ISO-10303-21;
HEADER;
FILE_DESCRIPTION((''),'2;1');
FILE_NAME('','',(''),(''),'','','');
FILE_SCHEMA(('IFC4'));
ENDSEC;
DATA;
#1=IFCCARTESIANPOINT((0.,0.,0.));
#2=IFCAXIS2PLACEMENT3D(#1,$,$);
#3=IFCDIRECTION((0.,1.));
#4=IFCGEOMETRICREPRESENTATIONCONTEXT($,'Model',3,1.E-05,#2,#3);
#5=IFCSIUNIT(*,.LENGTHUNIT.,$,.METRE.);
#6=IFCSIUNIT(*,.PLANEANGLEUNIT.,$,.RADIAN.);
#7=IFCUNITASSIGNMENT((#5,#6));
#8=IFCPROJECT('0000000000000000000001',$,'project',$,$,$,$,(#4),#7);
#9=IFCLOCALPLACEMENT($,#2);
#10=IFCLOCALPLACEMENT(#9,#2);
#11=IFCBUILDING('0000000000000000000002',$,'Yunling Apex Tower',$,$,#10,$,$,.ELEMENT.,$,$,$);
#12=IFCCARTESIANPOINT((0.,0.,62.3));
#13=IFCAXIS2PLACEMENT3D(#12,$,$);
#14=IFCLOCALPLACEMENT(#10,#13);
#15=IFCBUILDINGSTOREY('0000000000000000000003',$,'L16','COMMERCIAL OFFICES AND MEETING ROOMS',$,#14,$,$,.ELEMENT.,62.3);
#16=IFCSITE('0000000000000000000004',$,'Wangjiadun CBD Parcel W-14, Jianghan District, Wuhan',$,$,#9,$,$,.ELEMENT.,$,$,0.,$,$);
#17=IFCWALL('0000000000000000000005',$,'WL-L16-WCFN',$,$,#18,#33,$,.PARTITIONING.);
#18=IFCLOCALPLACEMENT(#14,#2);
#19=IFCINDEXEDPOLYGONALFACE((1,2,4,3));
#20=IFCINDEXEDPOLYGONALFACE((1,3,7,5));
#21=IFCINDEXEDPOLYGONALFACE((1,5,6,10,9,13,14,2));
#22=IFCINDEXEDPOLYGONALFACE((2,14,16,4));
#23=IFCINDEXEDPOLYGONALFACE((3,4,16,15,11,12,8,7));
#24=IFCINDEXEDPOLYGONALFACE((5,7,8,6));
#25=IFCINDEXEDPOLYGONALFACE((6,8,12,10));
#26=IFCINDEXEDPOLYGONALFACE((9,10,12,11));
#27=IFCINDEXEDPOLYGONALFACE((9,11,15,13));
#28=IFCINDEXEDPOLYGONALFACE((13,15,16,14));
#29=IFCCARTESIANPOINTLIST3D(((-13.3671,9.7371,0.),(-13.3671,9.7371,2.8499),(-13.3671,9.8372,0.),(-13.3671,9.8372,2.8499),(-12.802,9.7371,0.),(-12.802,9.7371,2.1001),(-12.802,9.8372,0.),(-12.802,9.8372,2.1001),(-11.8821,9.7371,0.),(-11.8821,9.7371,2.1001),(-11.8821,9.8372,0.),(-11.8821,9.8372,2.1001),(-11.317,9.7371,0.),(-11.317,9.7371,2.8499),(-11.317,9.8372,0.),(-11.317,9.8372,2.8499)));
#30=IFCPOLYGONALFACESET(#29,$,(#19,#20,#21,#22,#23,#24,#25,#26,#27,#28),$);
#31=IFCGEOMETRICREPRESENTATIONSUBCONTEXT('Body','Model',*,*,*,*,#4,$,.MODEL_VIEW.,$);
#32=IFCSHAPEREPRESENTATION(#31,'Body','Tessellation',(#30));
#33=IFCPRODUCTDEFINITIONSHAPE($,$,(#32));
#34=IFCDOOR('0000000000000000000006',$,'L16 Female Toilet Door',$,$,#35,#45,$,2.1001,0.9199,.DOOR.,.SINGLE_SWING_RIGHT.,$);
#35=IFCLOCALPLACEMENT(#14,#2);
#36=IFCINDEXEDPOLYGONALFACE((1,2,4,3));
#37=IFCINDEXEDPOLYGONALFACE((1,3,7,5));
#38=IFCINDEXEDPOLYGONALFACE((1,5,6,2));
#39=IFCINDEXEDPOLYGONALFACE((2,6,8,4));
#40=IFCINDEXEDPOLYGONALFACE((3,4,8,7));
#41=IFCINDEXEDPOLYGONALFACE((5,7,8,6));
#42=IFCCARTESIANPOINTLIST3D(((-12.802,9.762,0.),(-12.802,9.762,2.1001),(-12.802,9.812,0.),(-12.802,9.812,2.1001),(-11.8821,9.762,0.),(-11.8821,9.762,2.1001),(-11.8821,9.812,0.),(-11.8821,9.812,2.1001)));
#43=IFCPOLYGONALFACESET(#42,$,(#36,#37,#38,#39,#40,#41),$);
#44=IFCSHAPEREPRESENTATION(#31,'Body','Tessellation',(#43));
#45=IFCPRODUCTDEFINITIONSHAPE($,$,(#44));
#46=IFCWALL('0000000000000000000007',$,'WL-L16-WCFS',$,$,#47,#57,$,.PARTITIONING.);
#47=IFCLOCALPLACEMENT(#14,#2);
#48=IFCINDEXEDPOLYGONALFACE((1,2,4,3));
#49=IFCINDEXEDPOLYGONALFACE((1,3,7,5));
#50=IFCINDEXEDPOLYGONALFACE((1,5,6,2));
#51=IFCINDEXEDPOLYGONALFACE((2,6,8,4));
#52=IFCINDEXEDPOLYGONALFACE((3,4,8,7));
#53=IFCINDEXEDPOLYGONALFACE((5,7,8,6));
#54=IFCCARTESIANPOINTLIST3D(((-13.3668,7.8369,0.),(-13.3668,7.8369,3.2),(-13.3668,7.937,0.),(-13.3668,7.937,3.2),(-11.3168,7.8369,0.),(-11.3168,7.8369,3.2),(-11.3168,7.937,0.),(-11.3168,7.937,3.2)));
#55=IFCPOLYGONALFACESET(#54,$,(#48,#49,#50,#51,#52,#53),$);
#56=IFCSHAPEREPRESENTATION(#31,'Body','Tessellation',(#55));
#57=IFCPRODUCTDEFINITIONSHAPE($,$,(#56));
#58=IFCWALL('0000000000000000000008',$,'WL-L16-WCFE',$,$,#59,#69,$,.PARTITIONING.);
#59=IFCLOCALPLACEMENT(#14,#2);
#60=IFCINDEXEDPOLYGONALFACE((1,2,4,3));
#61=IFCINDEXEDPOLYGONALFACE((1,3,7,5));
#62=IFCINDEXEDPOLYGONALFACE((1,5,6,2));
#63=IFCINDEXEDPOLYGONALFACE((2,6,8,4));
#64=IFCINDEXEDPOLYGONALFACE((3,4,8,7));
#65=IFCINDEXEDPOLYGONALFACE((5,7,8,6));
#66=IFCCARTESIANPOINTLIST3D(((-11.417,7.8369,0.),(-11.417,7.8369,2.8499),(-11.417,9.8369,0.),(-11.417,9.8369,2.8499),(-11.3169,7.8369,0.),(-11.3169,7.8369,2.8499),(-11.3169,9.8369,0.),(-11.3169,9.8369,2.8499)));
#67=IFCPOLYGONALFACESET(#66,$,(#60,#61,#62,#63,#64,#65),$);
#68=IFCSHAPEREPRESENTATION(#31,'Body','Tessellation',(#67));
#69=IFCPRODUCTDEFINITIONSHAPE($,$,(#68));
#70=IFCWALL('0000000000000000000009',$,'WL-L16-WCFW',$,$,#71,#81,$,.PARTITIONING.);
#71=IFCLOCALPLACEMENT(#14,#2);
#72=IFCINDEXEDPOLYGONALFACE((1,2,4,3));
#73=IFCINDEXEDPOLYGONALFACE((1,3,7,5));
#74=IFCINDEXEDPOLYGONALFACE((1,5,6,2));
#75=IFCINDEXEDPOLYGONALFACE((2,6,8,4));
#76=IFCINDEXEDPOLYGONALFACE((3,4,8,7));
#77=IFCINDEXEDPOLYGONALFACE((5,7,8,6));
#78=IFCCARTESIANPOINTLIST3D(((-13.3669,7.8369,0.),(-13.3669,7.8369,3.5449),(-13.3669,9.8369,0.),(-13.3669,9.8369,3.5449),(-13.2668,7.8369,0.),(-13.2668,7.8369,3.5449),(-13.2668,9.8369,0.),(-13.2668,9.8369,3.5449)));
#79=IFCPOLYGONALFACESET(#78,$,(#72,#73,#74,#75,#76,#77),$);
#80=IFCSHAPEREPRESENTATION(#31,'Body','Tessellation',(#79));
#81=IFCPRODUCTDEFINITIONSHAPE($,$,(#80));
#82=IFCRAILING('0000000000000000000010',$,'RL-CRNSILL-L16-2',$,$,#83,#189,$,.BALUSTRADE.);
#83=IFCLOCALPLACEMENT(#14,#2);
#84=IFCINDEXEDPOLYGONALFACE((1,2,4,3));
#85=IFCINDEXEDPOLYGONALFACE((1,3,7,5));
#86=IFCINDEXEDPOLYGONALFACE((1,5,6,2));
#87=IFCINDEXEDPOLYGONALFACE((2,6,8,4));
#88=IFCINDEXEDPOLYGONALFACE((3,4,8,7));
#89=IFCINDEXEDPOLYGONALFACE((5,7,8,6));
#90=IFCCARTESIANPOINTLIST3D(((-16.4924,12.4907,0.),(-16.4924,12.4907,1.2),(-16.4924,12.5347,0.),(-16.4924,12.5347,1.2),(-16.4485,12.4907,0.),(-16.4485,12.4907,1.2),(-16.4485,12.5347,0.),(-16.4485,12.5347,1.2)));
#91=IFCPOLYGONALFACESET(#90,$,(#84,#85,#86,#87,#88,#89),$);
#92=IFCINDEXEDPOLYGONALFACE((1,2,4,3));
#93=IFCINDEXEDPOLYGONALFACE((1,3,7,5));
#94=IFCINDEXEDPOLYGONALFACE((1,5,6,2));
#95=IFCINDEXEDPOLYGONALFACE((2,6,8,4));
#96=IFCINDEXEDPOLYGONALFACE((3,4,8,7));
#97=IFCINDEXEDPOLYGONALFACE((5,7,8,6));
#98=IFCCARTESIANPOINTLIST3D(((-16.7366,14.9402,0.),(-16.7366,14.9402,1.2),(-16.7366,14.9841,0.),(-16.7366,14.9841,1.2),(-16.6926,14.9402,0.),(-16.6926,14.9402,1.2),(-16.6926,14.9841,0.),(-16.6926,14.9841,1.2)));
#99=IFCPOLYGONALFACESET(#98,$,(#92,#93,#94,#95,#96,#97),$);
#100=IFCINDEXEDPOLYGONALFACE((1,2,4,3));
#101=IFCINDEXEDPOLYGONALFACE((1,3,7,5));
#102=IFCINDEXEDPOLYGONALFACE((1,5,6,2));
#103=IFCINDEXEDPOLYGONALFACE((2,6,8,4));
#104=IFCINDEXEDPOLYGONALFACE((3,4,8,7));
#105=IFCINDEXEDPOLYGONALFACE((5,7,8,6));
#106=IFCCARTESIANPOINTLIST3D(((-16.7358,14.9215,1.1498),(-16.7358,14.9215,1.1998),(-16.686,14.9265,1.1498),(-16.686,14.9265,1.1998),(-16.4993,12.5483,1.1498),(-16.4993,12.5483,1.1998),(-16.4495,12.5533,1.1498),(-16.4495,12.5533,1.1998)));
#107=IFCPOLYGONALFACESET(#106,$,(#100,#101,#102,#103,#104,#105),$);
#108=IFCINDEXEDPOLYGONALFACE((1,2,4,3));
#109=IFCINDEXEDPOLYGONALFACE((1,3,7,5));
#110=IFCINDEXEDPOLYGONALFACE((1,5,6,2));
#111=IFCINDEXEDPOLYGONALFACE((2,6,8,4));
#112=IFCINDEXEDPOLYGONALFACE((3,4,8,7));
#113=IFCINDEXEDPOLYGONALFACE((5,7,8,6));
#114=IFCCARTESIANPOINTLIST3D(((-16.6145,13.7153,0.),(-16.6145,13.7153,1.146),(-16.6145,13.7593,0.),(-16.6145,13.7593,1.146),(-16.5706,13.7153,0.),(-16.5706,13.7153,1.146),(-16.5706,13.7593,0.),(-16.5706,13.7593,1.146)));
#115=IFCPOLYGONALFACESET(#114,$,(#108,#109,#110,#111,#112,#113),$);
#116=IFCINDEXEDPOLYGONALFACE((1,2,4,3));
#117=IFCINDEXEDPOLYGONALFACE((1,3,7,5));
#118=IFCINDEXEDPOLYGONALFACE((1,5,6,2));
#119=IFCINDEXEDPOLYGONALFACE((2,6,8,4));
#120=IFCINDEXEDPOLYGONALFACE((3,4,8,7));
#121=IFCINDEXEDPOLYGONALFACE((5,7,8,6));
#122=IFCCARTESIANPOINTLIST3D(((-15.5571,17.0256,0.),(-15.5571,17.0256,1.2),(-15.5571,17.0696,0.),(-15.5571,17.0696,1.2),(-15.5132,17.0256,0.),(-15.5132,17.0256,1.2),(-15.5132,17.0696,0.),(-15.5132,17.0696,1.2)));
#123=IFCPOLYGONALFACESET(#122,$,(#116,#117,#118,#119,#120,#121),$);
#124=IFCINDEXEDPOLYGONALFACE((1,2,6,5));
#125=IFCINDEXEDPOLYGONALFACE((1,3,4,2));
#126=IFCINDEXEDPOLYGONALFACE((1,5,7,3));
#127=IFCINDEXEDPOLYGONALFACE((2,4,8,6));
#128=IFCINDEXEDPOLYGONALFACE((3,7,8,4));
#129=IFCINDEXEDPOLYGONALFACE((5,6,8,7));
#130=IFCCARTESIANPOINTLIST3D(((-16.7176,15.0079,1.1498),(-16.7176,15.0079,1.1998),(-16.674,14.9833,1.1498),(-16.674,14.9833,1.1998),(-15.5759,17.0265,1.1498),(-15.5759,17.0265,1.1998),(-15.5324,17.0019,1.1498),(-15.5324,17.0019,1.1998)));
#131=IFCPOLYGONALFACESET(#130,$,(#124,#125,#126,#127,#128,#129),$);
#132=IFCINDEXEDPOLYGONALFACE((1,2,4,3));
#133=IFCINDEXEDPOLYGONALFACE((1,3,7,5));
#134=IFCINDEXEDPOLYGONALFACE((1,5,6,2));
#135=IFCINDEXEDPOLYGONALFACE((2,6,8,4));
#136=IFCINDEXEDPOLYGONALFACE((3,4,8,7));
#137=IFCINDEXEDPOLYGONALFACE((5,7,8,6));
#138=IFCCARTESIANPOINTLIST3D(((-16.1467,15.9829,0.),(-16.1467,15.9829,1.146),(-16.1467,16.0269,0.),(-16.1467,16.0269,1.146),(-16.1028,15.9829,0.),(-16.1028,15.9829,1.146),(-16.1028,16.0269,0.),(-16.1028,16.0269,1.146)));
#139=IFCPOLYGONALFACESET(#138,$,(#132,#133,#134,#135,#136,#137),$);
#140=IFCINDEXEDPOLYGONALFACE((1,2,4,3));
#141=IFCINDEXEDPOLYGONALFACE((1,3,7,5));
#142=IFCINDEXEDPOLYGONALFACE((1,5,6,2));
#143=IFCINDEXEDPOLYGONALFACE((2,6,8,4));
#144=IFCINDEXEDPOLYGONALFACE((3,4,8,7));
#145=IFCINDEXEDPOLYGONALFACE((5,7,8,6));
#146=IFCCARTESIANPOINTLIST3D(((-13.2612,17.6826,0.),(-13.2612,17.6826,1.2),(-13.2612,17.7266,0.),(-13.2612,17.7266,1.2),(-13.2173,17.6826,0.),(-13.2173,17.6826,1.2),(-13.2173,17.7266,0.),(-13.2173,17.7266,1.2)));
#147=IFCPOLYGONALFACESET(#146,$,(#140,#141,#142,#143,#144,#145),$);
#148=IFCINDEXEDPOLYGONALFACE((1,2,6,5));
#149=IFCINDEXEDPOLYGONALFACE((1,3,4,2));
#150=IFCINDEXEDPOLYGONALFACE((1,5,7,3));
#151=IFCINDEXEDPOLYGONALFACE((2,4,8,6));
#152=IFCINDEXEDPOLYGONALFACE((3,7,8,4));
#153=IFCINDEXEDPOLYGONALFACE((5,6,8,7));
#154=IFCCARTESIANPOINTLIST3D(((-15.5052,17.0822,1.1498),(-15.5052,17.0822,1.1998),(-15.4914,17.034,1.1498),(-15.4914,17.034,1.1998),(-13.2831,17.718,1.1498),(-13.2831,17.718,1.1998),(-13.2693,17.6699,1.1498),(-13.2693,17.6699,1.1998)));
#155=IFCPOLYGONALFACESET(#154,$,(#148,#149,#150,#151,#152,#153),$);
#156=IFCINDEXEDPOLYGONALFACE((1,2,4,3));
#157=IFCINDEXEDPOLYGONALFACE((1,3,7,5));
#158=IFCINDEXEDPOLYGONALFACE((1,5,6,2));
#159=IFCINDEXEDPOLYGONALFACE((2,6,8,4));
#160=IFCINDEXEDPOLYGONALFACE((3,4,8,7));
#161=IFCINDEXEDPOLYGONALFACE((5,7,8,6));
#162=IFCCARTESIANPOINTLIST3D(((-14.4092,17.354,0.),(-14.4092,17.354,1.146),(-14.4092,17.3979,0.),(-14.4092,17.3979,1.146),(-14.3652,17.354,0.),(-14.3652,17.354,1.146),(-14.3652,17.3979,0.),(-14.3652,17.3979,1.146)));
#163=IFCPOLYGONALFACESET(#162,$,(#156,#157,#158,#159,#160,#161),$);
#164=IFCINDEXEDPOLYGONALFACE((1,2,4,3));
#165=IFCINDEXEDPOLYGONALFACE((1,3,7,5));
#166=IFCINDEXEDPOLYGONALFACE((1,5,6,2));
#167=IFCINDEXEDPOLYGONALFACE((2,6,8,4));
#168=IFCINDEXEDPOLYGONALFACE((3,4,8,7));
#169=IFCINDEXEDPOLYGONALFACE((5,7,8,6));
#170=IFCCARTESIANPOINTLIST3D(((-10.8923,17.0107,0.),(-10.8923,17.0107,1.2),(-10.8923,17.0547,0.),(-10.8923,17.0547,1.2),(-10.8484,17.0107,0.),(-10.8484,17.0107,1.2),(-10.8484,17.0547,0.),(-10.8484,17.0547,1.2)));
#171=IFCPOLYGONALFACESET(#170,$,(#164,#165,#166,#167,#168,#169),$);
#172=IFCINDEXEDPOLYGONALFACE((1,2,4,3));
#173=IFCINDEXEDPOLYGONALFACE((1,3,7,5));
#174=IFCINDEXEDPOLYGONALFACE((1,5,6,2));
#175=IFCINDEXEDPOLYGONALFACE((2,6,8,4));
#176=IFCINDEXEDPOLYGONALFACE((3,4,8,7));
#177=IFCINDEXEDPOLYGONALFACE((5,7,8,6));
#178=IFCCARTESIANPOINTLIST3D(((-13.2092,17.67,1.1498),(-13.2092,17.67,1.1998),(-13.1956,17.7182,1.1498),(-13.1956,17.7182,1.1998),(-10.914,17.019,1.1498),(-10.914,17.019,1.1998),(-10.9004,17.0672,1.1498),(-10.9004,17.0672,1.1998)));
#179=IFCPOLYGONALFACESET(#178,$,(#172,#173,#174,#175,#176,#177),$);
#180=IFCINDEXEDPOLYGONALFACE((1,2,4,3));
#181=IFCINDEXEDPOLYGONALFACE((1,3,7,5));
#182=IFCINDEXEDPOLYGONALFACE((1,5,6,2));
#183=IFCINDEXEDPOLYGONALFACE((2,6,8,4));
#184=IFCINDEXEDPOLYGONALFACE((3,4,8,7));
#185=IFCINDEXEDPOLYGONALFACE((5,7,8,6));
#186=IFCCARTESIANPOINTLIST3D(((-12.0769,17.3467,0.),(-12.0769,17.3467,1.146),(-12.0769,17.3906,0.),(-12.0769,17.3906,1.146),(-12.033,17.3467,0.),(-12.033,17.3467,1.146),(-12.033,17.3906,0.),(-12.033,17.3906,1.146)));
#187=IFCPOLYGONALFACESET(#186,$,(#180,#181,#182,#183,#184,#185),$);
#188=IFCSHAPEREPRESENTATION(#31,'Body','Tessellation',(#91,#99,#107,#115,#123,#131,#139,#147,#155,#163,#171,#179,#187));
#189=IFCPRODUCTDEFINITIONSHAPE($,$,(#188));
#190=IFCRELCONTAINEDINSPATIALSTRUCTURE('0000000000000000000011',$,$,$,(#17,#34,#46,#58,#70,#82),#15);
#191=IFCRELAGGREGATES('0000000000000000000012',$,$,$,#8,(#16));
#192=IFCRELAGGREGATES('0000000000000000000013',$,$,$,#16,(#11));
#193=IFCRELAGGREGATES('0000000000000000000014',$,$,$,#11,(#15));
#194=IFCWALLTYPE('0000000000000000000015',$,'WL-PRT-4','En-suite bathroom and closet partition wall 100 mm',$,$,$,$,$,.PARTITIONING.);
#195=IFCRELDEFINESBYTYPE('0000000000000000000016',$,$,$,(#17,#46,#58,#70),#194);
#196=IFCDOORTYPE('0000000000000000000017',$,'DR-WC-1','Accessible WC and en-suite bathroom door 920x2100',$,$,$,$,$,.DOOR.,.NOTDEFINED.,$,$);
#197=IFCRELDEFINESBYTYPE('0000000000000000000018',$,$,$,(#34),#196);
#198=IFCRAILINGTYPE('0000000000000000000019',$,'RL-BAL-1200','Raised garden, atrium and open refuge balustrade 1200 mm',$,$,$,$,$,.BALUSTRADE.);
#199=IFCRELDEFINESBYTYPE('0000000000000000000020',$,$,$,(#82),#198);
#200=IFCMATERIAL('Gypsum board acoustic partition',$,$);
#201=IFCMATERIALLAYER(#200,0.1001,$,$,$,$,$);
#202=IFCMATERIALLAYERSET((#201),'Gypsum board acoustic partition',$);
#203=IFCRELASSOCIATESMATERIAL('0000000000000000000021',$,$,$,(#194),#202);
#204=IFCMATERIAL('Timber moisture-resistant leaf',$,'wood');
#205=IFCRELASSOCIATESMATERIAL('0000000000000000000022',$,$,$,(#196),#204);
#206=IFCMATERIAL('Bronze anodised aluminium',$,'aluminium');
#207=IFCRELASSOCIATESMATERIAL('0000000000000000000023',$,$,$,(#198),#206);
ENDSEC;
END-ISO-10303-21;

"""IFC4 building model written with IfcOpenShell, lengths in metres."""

from ifc_helpers import new_model, si_unit, direction, frame, frame_2d, origin, origin_2d, place, context, subcontext, project, spatial, rectangle, extrude, material, layer, layer_set, type_object, element, fill, save


model = new_model("IFC4")

# Units and contexts
model_context = context("Model", 3, precision=1e-05, world=origin(), true_north=direction((0.0, 1.0)))
body_context = subcontext(model_context, "Body", "Model", "MODEL_VIEW")
ifc_project = project(units=[si_unit("LENGTHUNIT", "METRE"), si_unit("PLANEANGLEUNIT", "RADIAN")], contexts=[model_context])

# Site, building, storey
site_placement = place(None, origin())
site = spatial("IfcSite", under=ifc_project, at=site_placement, Name="Wangjiadun CBD Parcel W-14, Jianghan District, Wuhan", CompositionType="ELEMENT", RefElevation=0.0)
building_placement = place(site_placement, origin())
building = spatial("IfcBuilding", under=site, at=building_placement, Name="Yunling Apex Tower", CompositionType="ELEMENT")
storey_placement = place(building_placement, frame((0.0, 0.0, 62.3)))
storey = spatial("IfcBuildingStorey", under=building, at=storey_placement, Name="L16", Description="COMMERCIAL OFFICES AND MEETING ROOMS", CompositionType="ELEMENT", Elevation=62.3)

# Shared definitions
ifc_material_1 = material(Name="Bronze anodised aluminium", Category="aluminium")

# Shared definitions
ifc_material_2 = material(Name="Gypsum board acoustic partition")

# Wall, opening, door
ifc_layer_1 = layer(ifc_material_2, 0.1001)
ifc_layer_set_1 = layer_set([ifc_layer_1], Name="Gypsum board acoustic partition")
wall_type_1 = type_object("IfcWallType", Name="WL-PRT-4", Description="En-suite bathroom and closet partition wall 100 mm", PredefinedType="PARTITIONING", material=ifc_layer_set_1)
wall_1_placement = place(storey_placement, frame((-13.3669, 9.7871, 0.0), z_axis=(0.0, 0.0, 1.0), x_axis=(1.0, 0.0, 0.0)))
wall_1 = element("IfcWall", 1, at=wall_1_placement, inside=storey, type_object=wall_type_1, Name="WL-L16-WCFN", PredefinedType="PARTITIONING", context=body_context, shape_type="SweptSolid", body=[
    extrude(rectangle(XDim=2.05, YDim=0.1001, at=frame_2d((1.0249, 0.0))), origin(), (0.0, 0.0, 1.0), 2.8499),
])
opening_placement = place(wall_1_placement, frame((0.5649, 0.0, 0.0)))
opening = element("IfcOpeningElement", 2, at=opening_placement, cuts=wall_1, PredefinedType="OPENING", context=body_context, shape_type="SweptSolid", body=[
    extrude(rectangle(XDim=0.9199, YDim=2.1001, at=frame_2d((0.46, 1.05))), frame((0.0, 0.0601, 0.0), z_axis=(0.0, -1.0, 0.0), x_axis=(1.0, 0.0, 0.0)), (0.0, 0.0, 1.0), 0.1201),
])
ifc_material_3 = material(Name="Timber moisture-resistant leaf", Category="wood")
door_type = type_object("IfcDoorType", Name="DR-WC-1", Description="Accessible WC and en-suite bathroom door 920x2100", OperationType="NOTDEFINED", PredefinedType="DOOR", material=ifc_material_3)
door_placement = place(opening_placement, origin())
door = element("IfcDoor", 3, at=door_placement, inside=storey, type_object=door_type, Name="L16 Female Toilet Door", OperationType="SINGLE_SWING_RIGHT", OverallHeight=2.1001, OverallWidth=0.9199, PredefinedType="DOOR", context=body_context, shape_type="SweptSolid", body=[
    extrude(rectangle(XDim=0.9199, YDim=2.1001, at=frame_2d((0.46, 1.05))), frame((0.0, 0.0249, 0.0), z_axis=(0.0, -1.0, 0.0), x_axis=(1.0, 0.0, 0.0)), (0.0, 0.0, 1.0), 0.05),
])
fill(opening, door)

# Walls
wall_2_placement = place(storey_placement, frame((-11.3169, 7.887, 0.0), z_axis=(0.0, 0.0, 1.0), x_axis=(-1.0, 0.0, 0.0)))
element("IfcWall", 4, at=wall_2_placement, inside=storey, type_object=wall_type_1, Name="WL-L16-WCFS", PredefinedType="PARTITIONING", context=body_context, shape_type="SweptSolid", body=[
    extrude(rectangle(XDim=2.05, YDim=0.1001, at=frame_2d((1.0249, 0.0))), origin(), (0.0, 0.0, 1.0), 3.2),
])
wall_3_placement = place(storey_placement, frame((-11.3669, 9.8369, 0.0), z_axis=(0.0, 0.0, 1.0), x_axis=(0.0, -1.0, 0.0)))
element("IfcWall", 5, at=wall_3_placement, inside=storey, type_object=wall_type_1, Name="WL-L16-WCFE", PredefinedType="PARTITIONING", context=body_context, shape_type="SweptSolid", body=[
    extrude(rectangle(XDim=2.0, YDim=0.1001, at=frame_2d((1.0, 0.0))), origin(), (0.0, 0.0, 1.0), 2.8499),
])
wall_4_placement = place(storey_placement, frame((-13.3169, 7.8369, 0.0), z_axis=(0.0, 0.0, 1.0), x_axis=(0.0, 1.0, 0.0)))
element("IfcWall", 6, at=wall_4_placement, inside=storey, type_object=wall_type_1, Name="WL-L16-WCFW", PredefinedType="PARTITIONING", context=body_context, shape_type="SweptSolid", body=[
    extrude(rectangle(XDim=2.0, YDim=0.1001, at=frame_2d((1.0, 0.0))), origin(), (0.0, 0.0, 1.0), 3.5449),
])

# Railing
railing_type = type_object("IfcRailingType", Name="RL-BAL-1200", Description="Raised garden, atrium and open refuge balustrade 1200 mm", PredefinedType="BALUSTRADE", material=ifc_material_1)
railing_placement = place(storey_placement, frame((-16.4705, 12.5127, 0.0)))
element("IfcRailing", 7, at=railing_placement, inside=storey, type_object=railing_type, Name="RL-CRNSILL-L16-2", PredefinedType="BALUSTRADE", context=body_context, shape_type="SweptSolid", body=[
    extrude(rectangle(XDim=0.0439, YDim=0.0439, at=origin_2d()), origin(), (0.0, 0.0, 1.0), 1.2),
    extrude(rectangle(XDim=0.0439, YDim=0.0439, at=origin_2d()), frame((-0.2441, 2.4495, 0.0)), (0.0, 0.0, 1.0), 1.2),
    extrude(rectangle(XDim=0.05, YDim=0.05, at=origin_2d()), frame((-0.0039, 0.0381, 1.1748), z_axis=(-0.09918, 0.99507, 0.0), x_axis=(-0.99507, -0.09918, 0.0)), (0.0, 0.0, 1.0), 2.385),
    extrude(rectangle(XDim=0.0439, YDim=0.0439, at=origin_2d()), frame((-0.1221, 1.2246, 0.0)), (0.0, 0.0, 1.0), 1.146),
    extrude(rectangle(XDim=0.0439, YDim=0.0439, at=origin_2d()), frame((0.9353, 4.5349, 0.0)), (0.0, 0.0, 1.0), 1.2),
    extrude(rectangle(XDim=0.05, YDim=0.05, at=origin_2d()), frame((-0.2253, 2.4829, 1.1748), z_axis=(0.492282, 0.870436, 0.0), x_axis=(-0.870436, 0.492282, 0.0)), (0.0, 0.0, 1.0), 2.3191),
    extrude(rectangle(XDim=0.0439, YDim=0.0439, at=origin_2d()), frame((0.3457, 3.4922, 0.0)), (0.0, 0.0, 1.0), 1.146),
    extrude(rectangle(XDim=0.0439, YDim=0.0439, at=origin_2d()), frame((3.2312, 5.1919, 0.0)), (0.0, 0.0, 1.0), 1.2),
    extrude(rectangle(XDim=0.05, YDim=0.05, at=origin_2d()), frame((0.9722, 4.5454, 1.1748), z_axis=(0.961412, 0.275113, 0.0), x_axis=(-0.275113, 0.961412, 0.0)), (0.0, 0.0, 1.0), 2.3113),
    extrude(rectangle(XDim=0.0439, YDim=0.0439, at=origin_2d()), frame((2.0833, 4.8633, 0.0)), (0.0, 0.0, 1.0), 1.146),
    extrude(rectangle(XDim=0.0439, YDim=0.0439, at=origin_2d()), frame((5.6001, 4.52, 0.0)), (0.0, 0.0, 1.0), 1.2),
    extrude(rectangle(XDim=0.05, YDim=0.05, at=origin_2d()), frame((3.2681, 5.1814, 1.1748), z_axis=(0.962053, -0.272861, 0.0), x_axis=(0.272861, 0.962053, 0.0)), (0.0, 0.0, 1.0), 2.3857),
    extrude(rectangle(XDim=0.0439, YDim=0.0439, at=origin_2d()), frame((4.4155, 4.856, 0.0)), (0.0, 0.0, 1.0), 1.146),
])

save(model, "model.ifc")
